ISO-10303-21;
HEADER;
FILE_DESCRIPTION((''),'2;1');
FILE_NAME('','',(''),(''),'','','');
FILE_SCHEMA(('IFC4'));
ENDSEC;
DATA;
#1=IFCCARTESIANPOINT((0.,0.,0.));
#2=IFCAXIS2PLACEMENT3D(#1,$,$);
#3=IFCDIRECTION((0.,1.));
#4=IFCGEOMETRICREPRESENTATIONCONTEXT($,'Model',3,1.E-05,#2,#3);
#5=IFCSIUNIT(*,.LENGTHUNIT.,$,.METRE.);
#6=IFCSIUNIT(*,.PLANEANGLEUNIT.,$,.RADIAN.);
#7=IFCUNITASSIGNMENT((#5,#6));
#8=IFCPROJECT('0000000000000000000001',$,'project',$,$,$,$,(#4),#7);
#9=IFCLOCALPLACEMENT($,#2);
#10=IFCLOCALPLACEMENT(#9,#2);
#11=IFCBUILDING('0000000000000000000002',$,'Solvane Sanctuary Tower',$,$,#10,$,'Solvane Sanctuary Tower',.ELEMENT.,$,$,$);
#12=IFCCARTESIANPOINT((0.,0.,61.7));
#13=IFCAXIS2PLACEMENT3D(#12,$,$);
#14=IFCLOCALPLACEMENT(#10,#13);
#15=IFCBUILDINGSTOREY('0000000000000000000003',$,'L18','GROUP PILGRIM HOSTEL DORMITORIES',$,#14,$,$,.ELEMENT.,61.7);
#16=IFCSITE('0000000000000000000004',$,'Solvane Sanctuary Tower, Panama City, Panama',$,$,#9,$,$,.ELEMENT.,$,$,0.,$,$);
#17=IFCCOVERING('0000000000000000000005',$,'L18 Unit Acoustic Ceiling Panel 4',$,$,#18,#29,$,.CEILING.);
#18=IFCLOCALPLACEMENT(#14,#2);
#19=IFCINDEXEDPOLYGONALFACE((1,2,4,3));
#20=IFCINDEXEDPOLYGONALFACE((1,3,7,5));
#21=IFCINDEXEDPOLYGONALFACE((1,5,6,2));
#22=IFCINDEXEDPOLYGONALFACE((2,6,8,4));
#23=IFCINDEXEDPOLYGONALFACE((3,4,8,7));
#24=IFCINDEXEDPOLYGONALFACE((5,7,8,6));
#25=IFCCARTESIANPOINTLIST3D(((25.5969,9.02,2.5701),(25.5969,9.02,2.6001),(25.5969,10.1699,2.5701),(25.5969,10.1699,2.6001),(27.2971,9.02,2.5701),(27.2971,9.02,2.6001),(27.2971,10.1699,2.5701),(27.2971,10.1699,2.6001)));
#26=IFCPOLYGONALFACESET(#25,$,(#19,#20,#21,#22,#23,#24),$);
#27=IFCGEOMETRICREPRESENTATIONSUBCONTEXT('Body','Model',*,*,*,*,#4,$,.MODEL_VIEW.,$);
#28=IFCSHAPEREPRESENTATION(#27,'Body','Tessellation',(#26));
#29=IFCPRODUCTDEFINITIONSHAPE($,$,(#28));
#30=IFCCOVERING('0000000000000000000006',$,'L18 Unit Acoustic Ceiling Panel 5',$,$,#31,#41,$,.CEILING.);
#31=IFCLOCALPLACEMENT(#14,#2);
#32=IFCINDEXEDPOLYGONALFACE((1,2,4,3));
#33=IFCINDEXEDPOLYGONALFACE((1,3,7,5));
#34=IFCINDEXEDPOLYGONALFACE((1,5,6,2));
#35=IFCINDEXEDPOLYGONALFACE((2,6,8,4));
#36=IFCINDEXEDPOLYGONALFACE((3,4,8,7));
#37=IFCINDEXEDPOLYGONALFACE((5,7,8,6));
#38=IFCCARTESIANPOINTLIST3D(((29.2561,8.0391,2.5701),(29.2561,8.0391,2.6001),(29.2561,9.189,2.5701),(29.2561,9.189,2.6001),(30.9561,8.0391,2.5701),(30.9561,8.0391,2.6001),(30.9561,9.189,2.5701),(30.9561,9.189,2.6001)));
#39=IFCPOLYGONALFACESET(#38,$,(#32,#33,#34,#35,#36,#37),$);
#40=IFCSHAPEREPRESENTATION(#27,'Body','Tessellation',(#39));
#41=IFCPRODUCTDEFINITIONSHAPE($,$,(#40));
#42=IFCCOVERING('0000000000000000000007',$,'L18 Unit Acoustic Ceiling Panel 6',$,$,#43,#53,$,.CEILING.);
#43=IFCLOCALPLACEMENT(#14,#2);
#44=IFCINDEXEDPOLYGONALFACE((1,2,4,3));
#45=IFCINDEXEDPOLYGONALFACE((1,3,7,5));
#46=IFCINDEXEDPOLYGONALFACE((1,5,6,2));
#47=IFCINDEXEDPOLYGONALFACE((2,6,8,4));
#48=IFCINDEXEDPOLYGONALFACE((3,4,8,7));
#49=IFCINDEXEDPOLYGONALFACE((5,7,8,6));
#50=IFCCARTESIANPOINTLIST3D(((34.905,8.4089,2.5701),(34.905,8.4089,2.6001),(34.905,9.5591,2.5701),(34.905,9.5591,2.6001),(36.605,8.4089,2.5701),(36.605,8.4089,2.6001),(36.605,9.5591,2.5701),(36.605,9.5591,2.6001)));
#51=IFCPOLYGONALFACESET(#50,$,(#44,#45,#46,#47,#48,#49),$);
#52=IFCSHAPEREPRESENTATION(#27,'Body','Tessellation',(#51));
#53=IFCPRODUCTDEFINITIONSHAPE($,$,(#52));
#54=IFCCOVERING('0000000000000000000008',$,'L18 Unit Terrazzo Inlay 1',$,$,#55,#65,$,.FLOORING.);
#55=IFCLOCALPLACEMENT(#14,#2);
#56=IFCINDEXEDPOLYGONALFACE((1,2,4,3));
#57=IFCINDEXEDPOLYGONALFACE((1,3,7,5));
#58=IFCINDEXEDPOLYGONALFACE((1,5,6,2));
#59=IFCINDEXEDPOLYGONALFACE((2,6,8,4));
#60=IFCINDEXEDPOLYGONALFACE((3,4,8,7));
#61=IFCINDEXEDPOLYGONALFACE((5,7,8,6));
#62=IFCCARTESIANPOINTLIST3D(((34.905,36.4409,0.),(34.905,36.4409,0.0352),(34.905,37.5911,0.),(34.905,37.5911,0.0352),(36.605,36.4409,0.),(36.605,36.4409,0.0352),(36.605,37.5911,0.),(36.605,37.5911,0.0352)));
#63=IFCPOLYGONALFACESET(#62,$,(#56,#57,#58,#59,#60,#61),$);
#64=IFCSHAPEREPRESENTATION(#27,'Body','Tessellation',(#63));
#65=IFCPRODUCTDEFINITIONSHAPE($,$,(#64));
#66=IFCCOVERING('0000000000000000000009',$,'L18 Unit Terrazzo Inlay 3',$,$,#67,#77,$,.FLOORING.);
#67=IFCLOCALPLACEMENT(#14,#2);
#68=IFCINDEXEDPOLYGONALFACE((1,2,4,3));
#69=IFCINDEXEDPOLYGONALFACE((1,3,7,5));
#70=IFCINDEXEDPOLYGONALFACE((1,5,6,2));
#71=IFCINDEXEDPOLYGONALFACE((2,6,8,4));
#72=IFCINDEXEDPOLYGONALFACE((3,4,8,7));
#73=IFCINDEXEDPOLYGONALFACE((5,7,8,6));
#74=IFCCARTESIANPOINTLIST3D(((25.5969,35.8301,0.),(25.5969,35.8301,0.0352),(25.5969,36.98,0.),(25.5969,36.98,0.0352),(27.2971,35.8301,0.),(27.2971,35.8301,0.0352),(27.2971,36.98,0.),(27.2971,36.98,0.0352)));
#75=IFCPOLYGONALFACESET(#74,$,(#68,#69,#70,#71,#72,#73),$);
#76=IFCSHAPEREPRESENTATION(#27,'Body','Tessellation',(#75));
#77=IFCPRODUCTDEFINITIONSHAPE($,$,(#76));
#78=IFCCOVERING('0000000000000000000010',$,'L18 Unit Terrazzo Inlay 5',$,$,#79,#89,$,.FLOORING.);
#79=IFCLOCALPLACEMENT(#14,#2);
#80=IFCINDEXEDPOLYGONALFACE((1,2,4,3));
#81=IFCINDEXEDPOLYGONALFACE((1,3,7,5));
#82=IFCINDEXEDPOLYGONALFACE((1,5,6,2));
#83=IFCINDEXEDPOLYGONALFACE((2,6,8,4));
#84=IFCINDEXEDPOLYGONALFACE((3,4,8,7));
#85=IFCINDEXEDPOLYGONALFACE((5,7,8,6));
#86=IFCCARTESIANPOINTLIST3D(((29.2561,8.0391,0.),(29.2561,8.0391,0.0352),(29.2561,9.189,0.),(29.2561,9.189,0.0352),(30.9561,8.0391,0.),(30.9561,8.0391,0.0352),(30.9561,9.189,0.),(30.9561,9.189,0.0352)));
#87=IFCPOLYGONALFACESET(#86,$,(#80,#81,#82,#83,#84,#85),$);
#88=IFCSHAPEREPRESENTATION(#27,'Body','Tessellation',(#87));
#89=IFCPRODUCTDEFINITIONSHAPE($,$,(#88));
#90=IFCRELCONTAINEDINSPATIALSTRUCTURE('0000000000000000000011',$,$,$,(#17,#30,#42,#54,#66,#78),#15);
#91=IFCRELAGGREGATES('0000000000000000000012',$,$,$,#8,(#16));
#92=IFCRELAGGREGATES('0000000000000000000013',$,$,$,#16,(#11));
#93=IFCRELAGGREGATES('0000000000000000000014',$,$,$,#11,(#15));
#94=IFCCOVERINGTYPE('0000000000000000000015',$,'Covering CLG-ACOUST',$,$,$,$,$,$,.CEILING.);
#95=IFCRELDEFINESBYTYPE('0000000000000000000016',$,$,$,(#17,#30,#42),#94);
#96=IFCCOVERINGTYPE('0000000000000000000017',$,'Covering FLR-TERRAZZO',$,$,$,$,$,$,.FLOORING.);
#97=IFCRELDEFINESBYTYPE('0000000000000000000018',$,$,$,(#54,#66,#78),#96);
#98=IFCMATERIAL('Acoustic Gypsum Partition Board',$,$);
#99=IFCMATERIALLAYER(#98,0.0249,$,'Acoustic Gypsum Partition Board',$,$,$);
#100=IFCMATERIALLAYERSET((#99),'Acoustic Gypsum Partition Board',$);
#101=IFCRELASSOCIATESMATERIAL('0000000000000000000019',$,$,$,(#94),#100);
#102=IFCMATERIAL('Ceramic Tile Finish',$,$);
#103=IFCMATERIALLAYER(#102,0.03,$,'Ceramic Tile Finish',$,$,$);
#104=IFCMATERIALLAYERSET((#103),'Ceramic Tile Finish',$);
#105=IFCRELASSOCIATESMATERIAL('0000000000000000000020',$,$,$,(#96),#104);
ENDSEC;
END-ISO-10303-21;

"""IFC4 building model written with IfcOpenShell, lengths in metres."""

from ifc_helpers import new_model, si_unit, direction, frame, origin, place, context, subcontext, project, spatial, polyline, outline, extrude, material, layer, layer_set, type_object, element, save


model = new_model("IFC4")

# Units and contexts
model_context = context("Model", 3, precision=1e-05, world=origin(), true_north=direction((0.0, 1.0)))
body_context = subcontext(model_context, "Body", "Model", "MODEL_VIEW")
ifc_project = project(units=[si_unit("LENGTHUNIT", "METRE"), si_unit("PLANEANGLEUNIT", "RADIAN")], contexts=[model_context])

# Site, building, storey
site_placement = place(None, origin())
site = spatial("IfcSite", under=ifc_project, at=site_placement, Name="Solvane Sanctuary Tower, Panama City, Panama", CompositionType="ELEMENT", RefElevation=0.0)
building_placement = place(site_placement, origin())
building = spatial("IfcBuilding", under=site, at=building_placement, Name="Solvane Sanctuary Tower", LongName="Solvane Sanctuary Tower", CompositionType="ELEMENT")
storey_placement = place(building_placement, frame((0.0, 0.0, 61.7)))
storey = spatial("IfcBuildingStorey", under=building, at=storey_placement, Name="L18", Description="GROUP PILGRIM HOSTEL DORMITORIES", CompositionType="ELEMENT", Elevation=61.7)

# Coverings
ifc_material_1 = material(Name="Acoustic Gypsum Partition Board")
ifc_layer_1 = layer(ifc_material_1, 0.0249, Name="Acoustic Gypsum Partition Board")
ifc_layer_set_1 = layer_set([ifc_layer_1], Name="Acoustic Gypsum Partition Board")
covering_type_1 = type_object("IfcCoveringType", Name="Covering CLG-ACOUST", PredefinedType="CEILING", material=ifc_layer_set_1)
covering_1_placement = place(storey_placement, frame((0.0, 0.0, 2.5701)))
element("IfcCovering", 1, at=covering_1_placement, inside=storey, type_object=covering_type_1, Name="L18 Unit Acoustic Ceiling Panel 4", PredefinedType="CEILING", context=body_context, shape_type="SweptSolid", body=[
    extrude(outline(polyline([(25.5969, 9.02), (27.2971, 9.02), (27.2971, 10.1699), (25.5969, 10.1699), (25.5969, 9.02)])), origin(), (0.0, 0.0, 1.0), 0.03),
])
covering_2_placement = place(storey_placement, frame((0.0, 0.0, 2.5701)))
element("IfcCovering", 2, at=covering_2_placement, inside=storey, type_object=covering_type_1, Name="L18 Unit Acoustic Ceiling Panel 5", PredefinedType="CEILING", context=body_context, shape_type="SweptSolid", body=[
    extrude(outline(polyline([(29.2561, 8.0391), (30.9561, 8.0391), (30.9561, 9.189), (29.2561, 9.189), (29.2561, 8.0391)])), origin(), (0.0, 0.0, 1.0), 0.03),
])
covering_3_placement = place(storey_placement, frame((0.0, 0.0, 2.5701)))
element("IfcCovering", 3, at=covering_3_placement, inside=storey, type_object=covering_type_1, Name="L18 Unit Acoustic Ceiling Panel 6", PredefinedType="CEILING", context=body_context, shape_type="SweptSolid", body=[
    extrude(outline(polyline([(34.905, 8.4089), (36.605, 8.4089), (36.605, 9.5591), (34.905, 9.5591), (34.905, 8.4089)])), origin(), (0.0, 0.0, 1.0), 0.03),
])
ifc_material_2 = material(Name="Ceramic Tile Finish")
ifc_layer_2 = layer(ifc_material_2, 0.03, Name="Ceramic Tile Finish")
ifc_layer_set_2 = layer_set([ifc_layer_2], Name="Ceramic Tile Finish")
covering_type_2 = type_object("IfcCoveringType", Name="Covering FLR-TERRAZZO", PredefinedType="FLOORING", material=ifc_layer_set_2)
covering_4_placement = place(storey_placement, origin())
element("IfcCovering", 4, at=covering_4_placement, inside=storey, type_object=covering_type_2, Name="L18 Unit Terrazzo Inlay 1", PredefinedType="FLOORING", context=body_context, shape_type="SweptSolid", body=[
    extrude(outline(polyline([(34.905, 36.4409), (36.605, 36.4409), (36.605, 37.5911), (34.905, 37.5911), (34.905, 36.4409)])), origin(), (0.0, 0.0, 1.0), 0.0352),
])
covering_5_placement = place(storey_placement, origin())
element("IfcCovering", 5, at=covering_5_placement, inside=storey, type_object=covering_type_2, Name="L18 Unit Terrazzo Inlay 3", PredefinedType="FLOORING", context=body_context, shape_type="SweptSolid", body=[
    extrude(outline(polyline([(25.5969, 35.8301), (27.2971, 35.8301), (27.2971, 36.98), (25.5969, 36.98), (25.5969, 35.8301)])), origin(), (0.0, 0.0, 1.0), 0.0352),
])
covering_6_placement = place(storey_placement, origin())
element("IfcCovering", 6, at=covering_6_placement, inside=storey, type_object=covering_type_2, Name="L18 Unit Terrazzo Inlay 5", PredefinedType="FLOORING", context=body_context, shape_type="SweptSolid", body=[
    extrude(outline(polyline([(29.2561, 8.0391), (30.9561, 8.0391), (30.9561, 9.189), (29.2561, 9.189), (29.2561, 8.0391)])), origin(), (0.0, 0.0, 1.0), 0.0352),
])

save(model, "model.ifc")
